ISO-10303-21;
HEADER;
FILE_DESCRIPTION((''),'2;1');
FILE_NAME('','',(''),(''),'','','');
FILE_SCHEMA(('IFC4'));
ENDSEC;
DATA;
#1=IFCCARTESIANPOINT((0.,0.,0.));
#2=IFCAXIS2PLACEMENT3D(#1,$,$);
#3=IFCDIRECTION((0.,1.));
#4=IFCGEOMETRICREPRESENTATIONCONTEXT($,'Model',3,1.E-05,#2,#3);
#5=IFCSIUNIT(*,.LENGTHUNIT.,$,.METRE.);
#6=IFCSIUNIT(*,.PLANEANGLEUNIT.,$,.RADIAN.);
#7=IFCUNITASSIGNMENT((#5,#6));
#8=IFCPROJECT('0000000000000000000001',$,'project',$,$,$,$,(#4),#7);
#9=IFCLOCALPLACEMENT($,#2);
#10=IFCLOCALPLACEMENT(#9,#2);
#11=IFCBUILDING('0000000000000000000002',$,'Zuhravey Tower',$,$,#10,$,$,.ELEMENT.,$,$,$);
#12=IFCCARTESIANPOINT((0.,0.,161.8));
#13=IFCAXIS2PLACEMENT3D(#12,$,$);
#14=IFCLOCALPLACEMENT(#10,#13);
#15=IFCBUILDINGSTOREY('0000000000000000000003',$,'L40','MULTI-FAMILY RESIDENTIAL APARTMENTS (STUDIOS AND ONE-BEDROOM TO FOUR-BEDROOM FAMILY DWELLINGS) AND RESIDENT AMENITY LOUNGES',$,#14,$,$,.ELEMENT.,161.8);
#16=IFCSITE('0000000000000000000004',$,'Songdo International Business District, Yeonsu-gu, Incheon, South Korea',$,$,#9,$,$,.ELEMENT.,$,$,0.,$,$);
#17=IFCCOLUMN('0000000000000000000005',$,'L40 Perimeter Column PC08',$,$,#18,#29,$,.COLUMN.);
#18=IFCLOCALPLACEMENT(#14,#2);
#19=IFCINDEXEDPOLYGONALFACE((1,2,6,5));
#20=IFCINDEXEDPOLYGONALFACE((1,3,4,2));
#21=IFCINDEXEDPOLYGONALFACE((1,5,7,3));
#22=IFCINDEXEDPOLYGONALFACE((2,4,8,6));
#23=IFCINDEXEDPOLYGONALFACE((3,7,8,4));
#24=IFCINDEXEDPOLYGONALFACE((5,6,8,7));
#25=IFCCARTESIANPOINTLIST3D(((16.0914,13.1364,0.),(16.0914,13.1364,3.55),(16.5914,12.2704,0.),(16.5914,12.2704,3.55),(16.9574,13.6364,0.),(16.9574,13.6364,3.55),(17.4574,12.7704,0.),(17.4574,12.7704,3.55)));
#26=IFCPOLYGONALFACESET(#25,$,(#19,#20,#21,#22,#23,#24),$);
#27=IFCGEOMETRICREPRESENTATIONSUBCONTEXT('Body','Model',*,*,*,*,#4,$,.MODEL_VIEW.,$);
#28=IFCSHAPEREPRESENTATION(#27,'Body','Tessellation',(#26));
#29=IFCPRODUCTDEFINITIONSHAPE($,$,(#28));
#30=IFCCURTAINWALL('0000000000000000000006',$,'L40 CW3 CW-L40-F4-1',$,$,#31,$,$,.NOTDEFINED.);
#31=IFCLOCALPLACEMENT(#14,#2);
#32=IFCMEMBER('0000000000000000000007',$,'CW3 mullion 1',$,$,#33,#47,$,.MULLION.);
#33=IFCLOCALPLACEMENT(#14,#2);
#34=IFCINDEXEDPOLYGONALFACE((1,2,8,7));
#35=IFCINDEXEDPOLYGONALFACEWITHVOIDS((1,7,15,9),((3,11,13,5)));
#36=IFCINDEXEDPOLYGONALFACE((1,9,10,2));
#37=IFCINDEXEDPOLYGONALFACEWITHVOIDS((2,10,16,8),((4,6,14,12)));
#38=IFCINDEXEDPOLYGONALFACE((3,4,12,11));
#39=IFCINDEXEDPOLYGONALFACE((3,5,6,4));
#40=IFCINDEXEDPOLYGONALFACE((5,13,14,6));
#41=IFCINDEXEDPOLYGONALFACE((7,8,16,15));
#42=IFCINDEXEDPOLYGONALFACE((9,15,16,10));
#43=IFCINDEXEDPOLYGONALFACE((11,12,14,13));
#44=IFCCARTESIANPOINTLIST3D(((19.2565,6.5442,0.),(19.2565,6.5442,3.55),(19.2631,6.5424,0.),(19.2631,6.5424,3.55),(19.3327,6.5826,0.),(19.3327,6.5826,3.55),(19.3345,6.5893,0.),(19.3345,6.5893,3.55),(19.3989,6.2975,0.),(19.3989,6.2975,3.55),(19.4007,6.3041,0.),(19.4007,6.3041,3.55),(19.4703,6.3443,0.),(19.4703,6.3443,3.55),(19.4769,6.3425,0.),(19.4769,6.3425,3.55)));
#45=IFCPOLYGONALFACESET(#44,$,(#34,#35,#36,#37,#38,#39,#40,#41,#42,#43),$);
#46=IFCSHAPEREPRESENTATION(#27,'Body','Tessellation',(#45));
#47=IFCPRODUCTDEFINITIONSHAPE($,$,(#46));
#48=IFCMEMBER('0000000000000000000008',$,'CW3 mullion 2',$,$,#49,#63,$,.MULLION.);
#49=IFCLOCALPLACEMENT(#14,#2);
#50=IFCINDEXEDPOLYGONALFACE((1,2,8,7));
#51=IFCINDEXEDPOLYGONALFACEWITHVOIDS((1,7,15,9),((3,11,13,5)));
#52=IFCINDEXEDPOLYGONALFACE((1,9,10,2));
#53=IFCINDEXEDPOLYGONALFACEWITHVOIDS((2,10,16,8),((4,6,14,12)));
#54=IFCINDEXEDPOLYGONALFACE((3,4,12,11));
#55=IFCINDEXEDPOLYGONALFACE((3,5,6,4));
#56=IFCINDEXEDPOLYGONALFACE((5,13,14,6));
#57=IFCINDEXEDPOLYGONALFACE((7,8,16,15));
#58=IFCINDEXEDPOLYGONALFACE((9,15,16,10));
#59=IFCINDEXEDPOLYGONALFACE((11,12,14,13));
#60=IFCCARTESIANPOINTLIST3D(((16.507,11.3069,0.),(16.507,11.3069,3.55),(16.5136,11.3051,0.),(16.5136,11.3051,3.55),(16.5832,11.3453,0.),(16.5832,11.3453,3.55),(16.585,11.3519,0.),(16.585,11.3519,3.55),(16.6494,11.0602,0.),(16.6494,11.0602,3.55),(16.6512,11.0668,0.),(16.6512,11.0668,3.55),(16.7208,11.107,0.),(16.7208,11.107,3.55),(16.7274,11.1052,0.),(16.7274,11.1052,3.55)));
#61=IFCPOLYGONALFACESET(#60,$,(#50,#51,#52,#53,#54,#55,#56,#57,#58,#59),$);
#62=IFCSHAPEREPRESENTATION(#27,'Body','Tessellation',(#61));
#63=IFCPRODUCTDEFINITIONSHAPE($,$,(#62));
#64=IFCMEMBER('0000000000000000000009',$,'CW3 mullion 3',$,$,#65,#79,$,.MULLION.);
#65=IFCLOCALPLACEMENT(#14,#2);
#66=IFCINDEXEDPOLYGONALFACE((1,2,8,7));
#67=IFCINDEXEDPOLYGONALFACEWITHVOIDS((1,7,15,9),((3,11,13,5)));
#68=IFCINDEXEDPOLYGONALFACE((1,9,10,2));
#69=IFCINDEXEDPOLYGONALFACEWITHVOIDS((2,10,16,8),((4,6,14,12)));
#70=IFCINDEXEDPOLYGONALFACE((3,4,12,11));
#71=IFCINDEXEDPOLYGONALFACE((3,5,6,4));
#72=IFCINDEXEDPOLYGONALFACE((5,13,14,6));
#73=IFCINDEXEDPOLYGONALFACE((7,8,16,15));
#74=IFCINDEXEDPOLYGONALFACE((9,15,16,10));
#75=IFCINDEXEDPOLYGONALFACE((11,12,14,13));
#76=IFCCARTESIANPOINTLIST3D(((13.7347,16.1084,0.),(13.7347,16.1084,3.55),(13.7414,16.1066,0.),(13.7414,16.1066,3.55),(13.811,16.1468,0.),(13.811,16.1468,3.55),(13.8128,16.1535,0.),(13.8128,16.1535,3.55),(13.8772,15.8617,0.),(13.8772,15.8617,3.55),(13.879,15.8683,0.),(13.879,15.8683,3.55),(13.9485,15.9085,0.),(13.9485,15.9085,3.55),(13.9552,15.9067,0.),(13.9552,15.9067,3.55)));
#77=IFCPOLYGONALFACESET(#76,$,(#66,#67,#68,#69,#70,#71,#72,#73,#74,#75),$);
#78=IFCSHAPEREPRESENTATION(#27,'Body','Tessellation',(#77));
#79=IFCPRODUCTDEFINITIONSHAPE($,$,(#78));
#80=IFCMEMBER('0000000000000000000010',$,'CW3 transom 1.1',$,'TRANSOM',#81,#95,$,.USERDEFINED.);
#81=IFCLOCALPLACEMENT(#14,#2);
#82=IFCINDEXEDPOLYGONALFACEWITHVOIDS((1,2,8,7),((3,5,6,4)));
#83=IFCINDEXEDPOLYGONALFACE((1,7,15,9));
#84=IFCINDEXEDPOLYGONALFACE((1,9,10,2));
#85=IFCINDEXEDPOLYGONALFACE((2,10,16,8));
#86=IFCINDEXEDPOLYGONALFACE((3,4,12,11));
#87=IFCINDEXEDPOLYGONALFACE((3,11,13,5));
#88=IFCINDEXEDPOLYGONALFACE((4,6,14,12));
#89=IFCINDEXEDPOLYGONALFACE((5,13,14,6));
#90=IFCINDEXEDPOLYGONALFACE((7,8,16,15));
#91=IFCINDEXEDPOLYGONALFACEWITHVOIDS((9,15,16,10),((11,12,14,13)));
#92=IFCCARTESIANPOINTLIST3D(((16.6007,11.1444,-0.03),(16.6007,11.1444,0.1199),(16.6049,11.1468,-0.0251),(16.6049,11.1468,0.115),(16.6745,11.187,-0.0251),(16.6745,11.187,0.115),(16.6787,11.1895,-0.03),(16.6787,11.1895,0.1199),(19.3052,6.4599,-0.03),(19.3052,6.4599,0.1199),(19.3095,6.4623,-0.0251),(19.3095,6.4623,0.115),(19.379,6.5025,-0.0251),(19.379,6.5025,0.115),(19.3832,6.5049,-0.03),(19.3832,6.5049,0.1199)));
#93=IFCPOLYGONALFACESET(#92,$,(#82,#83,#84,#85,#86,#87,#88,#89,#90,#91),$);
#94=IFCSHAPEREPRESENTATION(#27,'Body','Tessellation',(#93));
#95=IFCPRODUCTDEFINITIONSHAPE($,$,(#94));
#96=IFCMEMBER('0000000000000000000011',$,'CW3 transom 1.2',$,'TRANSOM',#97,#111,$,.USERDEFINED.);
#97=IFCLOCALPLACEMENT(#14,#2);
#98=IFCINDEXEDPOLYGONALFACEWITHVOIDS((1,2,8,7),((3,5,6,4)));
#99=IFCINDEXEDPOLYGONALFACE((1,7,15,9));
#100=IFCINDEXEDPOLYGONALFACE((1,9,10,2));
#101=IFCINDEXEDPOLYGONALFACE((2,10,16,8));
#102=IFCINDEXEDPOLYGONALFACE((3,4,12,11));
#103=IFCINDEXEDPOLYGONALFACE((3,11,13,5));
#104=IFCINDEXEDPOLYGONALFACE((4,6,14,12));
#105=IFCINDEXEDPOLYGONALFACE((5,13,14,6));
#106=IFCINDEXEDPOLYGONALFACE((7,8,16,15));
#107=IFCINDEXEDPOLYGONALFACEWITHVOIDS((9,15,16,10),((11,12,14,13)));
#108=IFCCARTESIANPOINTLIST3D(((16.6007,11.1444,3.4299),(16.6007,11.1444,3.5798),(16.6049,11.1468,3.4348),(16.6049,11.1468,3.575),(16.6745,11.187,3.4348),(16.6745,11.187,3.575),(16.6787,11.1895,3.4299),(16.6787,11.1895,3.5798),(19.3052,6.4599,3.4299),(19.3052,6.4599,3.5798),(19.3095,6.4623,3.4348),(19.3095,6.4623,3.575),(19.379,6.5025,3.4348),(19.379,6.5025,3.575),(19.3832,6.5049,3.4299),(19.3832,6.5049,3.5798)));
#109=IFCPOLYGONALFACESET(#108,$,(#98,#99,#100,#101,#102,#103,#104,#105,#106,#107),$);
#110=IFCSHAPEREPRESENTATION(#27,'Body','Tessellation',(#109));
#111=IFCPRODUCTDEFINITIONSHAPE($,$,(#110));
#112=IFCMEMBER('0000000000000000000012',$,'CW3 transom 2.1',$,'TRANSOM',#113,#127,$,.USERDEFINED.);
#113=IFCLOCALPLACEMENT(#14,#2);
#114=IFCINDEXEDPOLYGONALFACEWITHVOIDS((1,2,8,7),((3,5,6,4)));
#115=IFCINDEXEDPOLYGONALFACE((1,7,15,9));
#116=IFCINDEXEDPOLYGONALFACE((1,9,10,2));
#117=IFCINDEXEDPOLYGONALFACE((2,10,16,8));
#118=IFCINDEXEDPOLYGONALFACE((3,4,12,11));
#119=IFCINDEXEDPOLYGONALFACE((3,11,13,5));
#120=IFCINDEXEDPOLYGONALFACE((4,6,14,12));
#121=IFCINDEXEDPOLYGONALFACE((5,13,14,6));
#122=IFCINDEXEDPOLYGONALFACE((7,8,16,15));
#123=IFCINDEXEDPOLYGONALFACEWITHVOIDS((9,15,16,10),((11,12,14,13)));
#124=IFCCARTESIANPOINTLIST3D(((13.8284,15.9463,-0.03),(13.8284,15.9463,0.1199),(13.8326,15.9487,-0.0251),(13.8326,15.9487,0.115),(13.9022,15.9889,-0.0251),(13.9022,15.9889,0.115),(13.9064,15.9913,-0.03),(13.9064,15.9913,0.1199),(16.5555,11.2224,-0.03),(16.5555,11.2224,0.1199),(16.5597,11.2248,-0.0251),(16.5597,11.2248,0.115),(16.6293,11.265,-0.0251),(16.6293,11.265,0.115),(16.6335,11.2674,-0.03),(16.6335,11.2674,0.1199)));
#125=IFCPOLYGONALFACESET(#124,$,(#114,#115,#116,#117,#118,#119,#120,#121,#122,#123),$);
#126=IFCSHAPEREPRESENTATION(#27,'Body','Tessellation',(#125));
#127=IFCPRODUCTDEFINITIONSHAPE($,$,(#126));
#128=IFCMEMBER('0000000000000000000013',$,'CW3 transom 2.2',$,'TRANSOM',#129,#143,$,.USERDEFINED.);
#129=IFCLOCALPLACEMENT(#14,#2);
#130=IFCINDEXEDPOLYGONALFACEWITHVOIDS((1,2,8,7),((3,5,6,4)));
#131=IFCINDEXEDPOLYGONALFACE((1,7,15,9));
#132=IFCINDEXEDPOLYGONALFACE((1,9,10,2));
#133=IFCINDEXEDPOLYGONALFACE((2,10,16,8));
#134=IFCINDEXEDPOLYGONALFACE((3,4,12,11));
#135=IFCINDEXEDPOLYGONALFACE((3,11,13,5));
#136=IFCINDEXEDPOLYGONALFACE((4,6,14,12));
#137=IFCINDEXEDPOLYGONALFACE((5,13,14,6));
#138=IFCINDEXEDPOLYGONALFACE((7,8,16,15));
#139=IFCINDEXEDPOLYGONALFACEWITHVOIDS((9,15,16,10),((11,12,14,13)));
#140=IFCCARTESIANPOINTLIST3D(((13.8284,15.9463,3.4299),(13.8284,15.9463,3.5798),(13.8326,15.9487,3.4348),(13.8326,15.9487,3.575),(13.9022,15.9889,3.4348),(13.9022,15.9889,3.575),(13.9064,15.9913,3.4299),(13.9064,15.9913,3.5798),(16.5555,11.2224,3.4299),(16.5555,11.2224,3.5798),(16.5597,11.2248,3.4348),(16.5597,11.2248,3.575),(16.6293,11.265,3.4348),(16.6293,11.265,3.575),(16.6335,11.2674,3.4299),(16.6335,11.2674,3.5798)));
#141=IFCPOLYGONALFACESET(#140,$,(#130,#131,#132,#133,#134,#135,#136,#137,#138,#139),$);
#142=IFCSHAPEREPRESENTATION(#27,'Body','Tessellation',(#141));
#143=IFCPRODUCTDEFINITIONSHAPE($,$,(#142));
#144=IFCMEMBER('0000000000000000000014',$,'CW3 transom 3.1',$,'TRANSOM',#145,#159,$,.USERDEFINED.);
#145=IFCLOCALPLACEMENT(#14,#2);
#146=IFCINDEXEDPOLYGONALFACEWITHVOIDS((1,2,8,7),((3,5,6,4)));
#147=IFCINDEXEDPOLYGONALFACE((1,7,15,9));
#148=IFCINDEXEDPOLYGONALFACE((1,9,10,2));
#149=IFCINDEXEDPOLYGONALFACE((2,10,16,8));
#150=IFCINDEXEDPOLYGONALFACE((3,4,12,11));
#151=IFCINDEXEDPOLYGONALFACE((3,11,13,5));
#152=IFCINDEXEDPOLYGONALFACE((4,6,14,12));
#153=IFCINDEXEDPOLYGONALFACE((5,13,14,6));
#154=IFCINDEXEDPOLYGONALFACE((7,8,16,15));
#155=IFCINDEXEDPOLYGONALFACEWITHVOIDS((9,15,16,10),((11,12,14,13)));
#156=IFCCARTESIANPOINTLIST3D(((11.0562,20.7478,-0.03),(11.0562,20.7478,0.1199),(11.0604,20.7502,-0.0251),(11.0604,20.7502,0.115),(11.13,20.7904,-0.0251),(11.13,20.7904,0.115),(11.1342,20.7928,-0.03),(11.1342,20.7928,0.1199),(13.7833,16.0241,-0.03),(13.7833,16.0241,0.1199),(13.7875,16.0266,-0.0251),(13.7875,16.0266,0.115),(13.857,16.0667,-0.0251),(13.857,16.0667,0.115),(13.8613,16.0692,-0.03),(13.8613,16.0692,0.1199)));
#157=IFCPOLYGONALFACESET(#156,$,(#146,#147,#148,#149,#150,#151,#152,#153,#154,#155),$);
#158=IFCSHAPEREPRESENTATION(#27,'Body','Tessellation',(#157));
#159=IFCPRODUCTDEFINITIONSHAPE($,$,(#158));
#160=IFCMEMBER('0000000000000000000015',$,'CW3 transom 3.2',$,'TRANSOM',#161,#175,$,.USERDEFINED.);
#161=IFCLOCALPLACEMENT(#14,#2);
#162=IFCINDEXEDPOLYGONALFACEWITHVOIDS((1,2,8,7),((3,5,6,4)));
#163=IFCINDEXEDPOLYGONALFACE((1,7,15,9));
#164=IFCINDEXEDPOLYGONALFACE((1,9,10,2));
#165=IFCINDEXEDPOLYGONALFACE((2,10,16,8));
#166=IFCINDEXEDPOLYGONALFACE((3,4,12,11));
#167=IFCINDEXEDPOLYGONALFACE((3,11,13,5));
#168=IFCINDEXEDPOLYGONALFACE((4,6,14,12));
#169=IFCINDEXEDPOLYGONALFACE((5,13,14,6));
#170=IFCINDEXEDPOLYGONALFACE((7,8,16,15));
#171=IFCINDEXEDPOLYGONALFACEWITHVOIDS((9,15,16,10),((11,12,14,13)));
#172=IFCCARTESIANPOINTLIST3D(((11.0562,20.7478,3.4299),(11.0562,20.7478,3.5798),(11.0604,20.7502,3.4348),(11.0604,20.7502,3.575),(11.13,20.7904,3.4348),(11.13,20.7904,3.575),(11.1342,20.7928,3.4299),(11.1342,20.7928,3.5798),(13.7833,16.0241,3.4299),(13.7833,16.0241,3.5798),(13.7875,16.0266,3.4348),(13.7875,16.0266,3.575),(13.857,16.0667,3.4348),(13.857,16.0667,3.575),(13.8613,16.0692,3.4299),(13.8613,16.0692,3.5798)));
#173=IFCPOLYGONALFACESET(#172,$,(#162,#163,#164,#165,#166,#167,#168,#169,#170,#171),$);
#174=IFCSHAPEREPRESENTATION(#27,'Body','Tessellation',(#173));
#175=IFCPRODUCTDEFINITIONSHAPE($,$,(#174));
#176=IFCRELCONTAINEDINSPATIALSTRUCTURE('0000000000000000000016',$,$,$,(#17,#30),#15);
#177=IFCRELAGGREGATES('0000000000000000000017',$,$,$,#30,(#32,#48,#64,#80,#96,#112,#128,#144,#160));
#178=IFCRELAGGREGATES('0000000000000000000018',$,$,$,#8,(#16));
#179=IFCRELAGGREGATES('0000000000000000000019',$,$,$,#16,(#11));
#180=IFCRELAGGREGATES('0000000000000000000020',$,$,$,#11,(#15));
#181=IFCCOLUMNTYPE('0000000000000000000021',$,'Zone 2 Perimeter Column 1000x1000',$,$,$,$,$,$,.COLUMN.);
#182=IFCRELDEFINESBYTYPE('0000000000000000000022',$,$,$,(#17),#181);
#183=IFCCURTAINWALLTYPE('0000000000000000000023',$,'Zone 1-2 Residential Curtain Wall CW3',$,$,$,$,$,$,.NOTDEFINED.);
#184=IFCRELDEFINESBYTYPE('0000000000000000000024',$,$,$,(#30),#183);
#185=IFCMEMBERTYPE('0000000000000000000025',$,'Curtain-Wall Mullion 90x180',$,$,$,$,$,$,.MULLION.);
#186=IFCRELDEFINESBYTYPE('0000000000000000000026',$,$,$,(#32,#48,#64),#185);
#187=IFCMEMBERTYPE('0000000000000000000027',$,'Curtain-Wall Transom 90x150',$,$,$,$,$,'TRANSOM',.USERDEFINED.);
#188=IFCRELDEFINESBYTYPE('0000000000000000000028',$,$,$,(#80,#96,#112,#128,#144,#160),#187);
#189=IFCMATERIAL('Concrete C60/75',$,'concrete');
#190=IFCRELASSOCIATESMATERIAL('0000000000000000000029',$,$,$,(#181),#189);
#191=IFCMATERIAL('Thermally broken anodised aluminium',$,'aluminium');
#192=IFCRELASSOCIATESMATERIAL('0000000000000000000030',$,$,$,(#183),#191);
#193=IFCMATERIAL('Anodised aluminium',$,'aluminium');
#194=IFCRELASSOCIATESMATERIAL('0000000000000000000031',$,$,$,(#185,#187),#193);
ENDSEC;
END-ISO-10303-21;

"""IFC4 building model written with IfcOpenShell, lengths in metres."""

from ifc_helpers import new_model, si_unit, direction, frame, origin, origin_2d, place, context, subcontext, project, spatial, rectangle, hollow_rectangle, extrude, material, material_profile, profile_set, type_object, element, aggregate, save


model = new_model("IFC4")

# Units and contexts
model_context = context("Model", 3, precision=1e-05, world=origin(), true_north=direction((0.0, 1.0)))
body_context = subcontext(model_context, "Body", "Model", "MODEL_VIEW")
ifc_project = project(units=[si_unit("LENGTHUNIT", "METRE"), si_unit("PLANEANGLEUNIT", "RADIAN")], contexts=[model_context])

# Site, building, storey
site_placement = place(None, origin())
site = spatial("IfcSite", under=ifc_project, at=site_placement, Name="Songdo International Business District, Yeonsu-gu, Incheon, South Korea", CompositionType="ELEMENT", RefElevation=0.0)
building_placement = place(site_placement, origin())
building = spatial("IfcBuilding", under=site, at=building_placement, Name="Zuhravey Tower", CompositionType="ELEMENT")
storey_placement = place(building_placement, frame((0.0, 0.0, 161.8)))
storey = spatial("IfcBuildingStorey", under=building, at=storey_placement, Name="L40", Description="MULTI-FAMILY RESIDENTIAL APARTMENTS (STUDIOS AND ONE-BEDROOM TO FOUR-BEDROOM FAMILY DWELLINGS) AND RESIDENT AMENITY LOUNGES", CompositionType="ELEMENT", Elevation=161.8)

# Column
ifc_material_1 = material(Name="Concrete C60/75", Category="concrete")
ifc_material_profile_1 = material_profile(ifc_material_1, rectangle(XDim=1.0, YDim=1.0, at=origin_2d()), Name="RC-1000x1000")
ifc_profile_set_1 = profile_set([ifc_material_profile_1], Name="Concrete C60/75")
column_type = type_object("IfcColumnType", Name="Zone 2 Perimeter Column 1000x1000", PredefinedType="COLUMN", material=ifc_profile_set_1)
column_placement = place(storey_placement, frame((16.7744, 12.9534, 0.0), z_axis=(0.0, 0.0, 1.0), x_axis=(0.5, -0.866025, 0.0)))
element("IfcColumn", 1, at=column_placement, inside=storey, type_object=column_type, Name="L40 Perimeter Column PC08", PredefinedType="COLUMN", context=body_context, shape_type="SweptSolid", body=[
    extrude(rectangle(XDim=1.0, YDim=1.0, at=origin_2d()), origin(), (0.0, 0.0, 1.0), 3.55),
])

# Curtain wall, members
ifc_material_2 = material(Name="Thermally broken anodised aluminium", Category="aluminium")
curtain_wall_type = type_object("IfcCurtainWallType", Name="Zone 1-2 Residential Curtain Wall CW3", PredefinedType="NOTDEFINED", material=ifc_material_2)
curtain_wall_placement = place(storey_placement, origin())
curtain_wall = element("IfcCurtainWall", 2, at=curtain_wall_placement, inside=storey, type_object=curtain_wall_type, Name="L40 CW3 CW-L40-F4-1", PredefinedType="NOTDEFINED")
ifc_material_3 = material(Name="Anodised aluminium", Category="aluminium")
ifc_material_profile_2 = material_profile(ifc_material_3, hollow_rectangle(XDim=0.0901, YDim=0.2849, WallThickness=0.0049, at=origin_2d()), Name="ALU-RHS-90x285x5")
ifc_profile_set_2 = profile_set([ifc_material_profile_2], Name="Anodised aluminium")
member_type_1 = type_object("IfcMemberType", Name="Curtain-Wall Mullion 90x180", PredefinedType="MULLION", material=ifc_profile_set_2)
member_1_placement = place(storey_placement, frame((19.3667, 6.4434, 0.0), z_axis=(0.0, 0.0, 1.0), x_axis=(-0.866025, -0.5, 0.0)))
member_1 = element("IfcMember", 3, at=member_1_placement, type_object=member_type_1, Name="CW3 mullion 1", PredefinedType="MULLION", context=body_context, shape_type="SweptSolid", body=[
    extrude(hollow_rectangle(XDim=0.0901, YDim=0.2849, WallThickness=0.0049, at=origin_2d()), origin(), (0.0, 0.0, 1.0), 3.55),
])
member_2_placement = place(storey_placement, frame((16.6172, 11.2061, 0.0), z_axis=(0.0, 0.0, 1.0), x_axis=(-0.866025, -0.5, 0.0)))
member_2 = element("IfcMember", 4, at=member_2_placement, type_object=member_type_1, Name="CW3 mullion 2", PredefinedType="MULLION", context=body_context, shape_type="SweptSolid", body=[
    extrude(hollow_rectangle(XDim=0.0901, YDim=0.2849, WallThickness=0.0049, at=origin_2d()), origin(), (0.0, 0.0, 1.0), 3.55),
])
member_3_placement = place(storey_placement, frame((13.845, 16.0076, 0.0), z_axis=(0.0, 0.0, 1.0), x_axis=(-0.866025, -0.5, 0.0)))
member_3 = element("IfcMember", 5, at=member_3_placement, type_object=member_type_1, Name="CW3 mullion 3", PredefinedType="MULLION", context=body_context, shape_type="SweptSolid", body=[
    extrude(hollow_rectangle(XDim=0.0901, YDim=0.2849, WallThickness=0.0049, at=origin_2d()), origin(), (0.0, 0.0, 1.0), 3.55),
])
ifc_material_profile_3 = material_profile(ifc_material_3, hollow_rectangle(XDim=0.0901, YDim=0.1499, WallThickness=0.0049, at=origin_2d()), Name="ALU-RHS-90x150x5")
ifc_profile_set_3 = profile_set([ifc_material_profile_3], Name="Anodised aluminium")
member_type_2 = type_object("IfcMemberType", Name="Curtain-Wall Transom 90x150", ElementType="TRANSOM", PredefinedType="USERDEFINED", material=ifc_profile_set_3)
member_4_placement = place(storey_placement, frame((19.3442, 6.4824, 0.0449), z_axis=(-0.499993, 0.866029, 0.0), x_axis=(-0.866029, -0.499993, 0.0)))
member_4 = element("IfcMember", 6, at=member_4_placement, type_object=member_type_2, Name="CW3 transom 1.1", ObjectType="TRANSOM", PredefinedType="USERDEFINED", context=body_context, shape_type="SweptSolid", body=[
    extrude(hollow_rectangle(XDim=0.0901, YDim=0.1499, WallThickness=0.0049, at=origin_2d()), origin(), (0.0, 0.0, 1.0), 5.4092),
])
member_5_placement = place(storey_placement, frame((19.3442, 6.4824, 3.5049), z_axis=(-0.499993, 0.866029, 0.0), x_axis=(-0.866029, -0.499993, 0.0)))
member_5 = element("IfcMember", 7, at=member_5_placement, type_object=member_type_2, Name="CW3 transom 1.2", ObjectType="TRANSOM", PredefinedType="USERDEFINED", context=body_context, shape_type="SweptSolid", body=[
    extrude(hollow_rectangle(XDim=0.0901, YDim=0.1499, WallThickness=0.0049, at=origin_2d()), origin(), (0.0, 0.0, 1.0), 5.4092),
])
member_6_placement = place(storey_placement, frame((16.5945, 11.2449, 0.0449), z_axis=(-0.499961, 0.866048, 0.0), x_axis=(-0.866048, -0.499961, 0.0)))
member_6 = element("IfcMember", 8, at=member_6_placement, type_object=member_type_2, Name="CW3 transom 2.1", ObjectType="TRANSOM", PredefinedType="USERDEFINED", context=body_context, shape_type="SweptSolid", body=[
    extrude(hollow_rectangle(XDim=0.0901, YDim=0.1499, WallThickness=0.0049, at=origin_2d()), origin(), (0.0, 0.0, 1.0), 5.4546),
])
member_7_placement = place(storey_placement, frame((16.5945, 11.2449, 3.5049), z_axis=(-0.499961, 0.866048, 0.0), x_axis=(-0.866048, -0.499961, 0.0)))
member_7 = element("IfcMember", 9, at=member_7_placement, type_object=member_type_2, Name="CW3 transom 2.2", ObjectType="TRANSOM", PredefinedType="USERDEFINED", context=body_context, shape_type="SweptSolid", body=[
    extrude(hollow_rectangle(XDim=0.0901, YDim=0.1499, WallThickness=0.0049, at=origin_2d()), origin(), (0.0, 0.0, 1.0), 5.4546),
])
member_8_placement = place(storey_placement, frame((13.8223, 16.0466, 0.0449), z_axis=(-0.499981, 0.866037, 0.0), x_axis=(-0.866037, -0.499981, 0.0)))
member_8 = element("IfcMember", 10, at=member_8_placement, type_object=member_type_2, Name="CW3 transom 3.1", ObjectType="TRANSOM", PredefinedType="USERDEFINED", context=body_context, shape_type="SweptSolid", body=[
    extrude(hollow_rectangle(XDim=0.0901, YDim=0.1499, WallThickness=0.0049, at=origin_2d()), origin(), (0.0, 0.0, 1.0), 5.4543),
])
member_9_placement = place(storey_placement, frame((13.8223, 16.0466, 3.5049), z_axis=(-0.499981, 0.866037, 0.0), x_axis=(-0.866037, -0.499981, 0.0)))
member_9 = element("IfcMember", 11, at=member_9_placement, type_object=member_type_2, Name="CW3 transom 3.2", ObjectType="TRANSOM", PredefinedType="USERDEFINED", context=body_context, shape_type="SweptSolid", body=[
    extrude(hollow_rectangle(XDim=0.0901, YDim=0.1499, WallThickness=0.0049, at=origin_2d()), origin(), (0.0, 0.0, 1.0), 5.4543),
])

aggregate(curtain_wall, [member_1, member_2, member_3, member_4, member_5, member_6, member_7, member_8, member_9])

save(model, "model.ifc")
